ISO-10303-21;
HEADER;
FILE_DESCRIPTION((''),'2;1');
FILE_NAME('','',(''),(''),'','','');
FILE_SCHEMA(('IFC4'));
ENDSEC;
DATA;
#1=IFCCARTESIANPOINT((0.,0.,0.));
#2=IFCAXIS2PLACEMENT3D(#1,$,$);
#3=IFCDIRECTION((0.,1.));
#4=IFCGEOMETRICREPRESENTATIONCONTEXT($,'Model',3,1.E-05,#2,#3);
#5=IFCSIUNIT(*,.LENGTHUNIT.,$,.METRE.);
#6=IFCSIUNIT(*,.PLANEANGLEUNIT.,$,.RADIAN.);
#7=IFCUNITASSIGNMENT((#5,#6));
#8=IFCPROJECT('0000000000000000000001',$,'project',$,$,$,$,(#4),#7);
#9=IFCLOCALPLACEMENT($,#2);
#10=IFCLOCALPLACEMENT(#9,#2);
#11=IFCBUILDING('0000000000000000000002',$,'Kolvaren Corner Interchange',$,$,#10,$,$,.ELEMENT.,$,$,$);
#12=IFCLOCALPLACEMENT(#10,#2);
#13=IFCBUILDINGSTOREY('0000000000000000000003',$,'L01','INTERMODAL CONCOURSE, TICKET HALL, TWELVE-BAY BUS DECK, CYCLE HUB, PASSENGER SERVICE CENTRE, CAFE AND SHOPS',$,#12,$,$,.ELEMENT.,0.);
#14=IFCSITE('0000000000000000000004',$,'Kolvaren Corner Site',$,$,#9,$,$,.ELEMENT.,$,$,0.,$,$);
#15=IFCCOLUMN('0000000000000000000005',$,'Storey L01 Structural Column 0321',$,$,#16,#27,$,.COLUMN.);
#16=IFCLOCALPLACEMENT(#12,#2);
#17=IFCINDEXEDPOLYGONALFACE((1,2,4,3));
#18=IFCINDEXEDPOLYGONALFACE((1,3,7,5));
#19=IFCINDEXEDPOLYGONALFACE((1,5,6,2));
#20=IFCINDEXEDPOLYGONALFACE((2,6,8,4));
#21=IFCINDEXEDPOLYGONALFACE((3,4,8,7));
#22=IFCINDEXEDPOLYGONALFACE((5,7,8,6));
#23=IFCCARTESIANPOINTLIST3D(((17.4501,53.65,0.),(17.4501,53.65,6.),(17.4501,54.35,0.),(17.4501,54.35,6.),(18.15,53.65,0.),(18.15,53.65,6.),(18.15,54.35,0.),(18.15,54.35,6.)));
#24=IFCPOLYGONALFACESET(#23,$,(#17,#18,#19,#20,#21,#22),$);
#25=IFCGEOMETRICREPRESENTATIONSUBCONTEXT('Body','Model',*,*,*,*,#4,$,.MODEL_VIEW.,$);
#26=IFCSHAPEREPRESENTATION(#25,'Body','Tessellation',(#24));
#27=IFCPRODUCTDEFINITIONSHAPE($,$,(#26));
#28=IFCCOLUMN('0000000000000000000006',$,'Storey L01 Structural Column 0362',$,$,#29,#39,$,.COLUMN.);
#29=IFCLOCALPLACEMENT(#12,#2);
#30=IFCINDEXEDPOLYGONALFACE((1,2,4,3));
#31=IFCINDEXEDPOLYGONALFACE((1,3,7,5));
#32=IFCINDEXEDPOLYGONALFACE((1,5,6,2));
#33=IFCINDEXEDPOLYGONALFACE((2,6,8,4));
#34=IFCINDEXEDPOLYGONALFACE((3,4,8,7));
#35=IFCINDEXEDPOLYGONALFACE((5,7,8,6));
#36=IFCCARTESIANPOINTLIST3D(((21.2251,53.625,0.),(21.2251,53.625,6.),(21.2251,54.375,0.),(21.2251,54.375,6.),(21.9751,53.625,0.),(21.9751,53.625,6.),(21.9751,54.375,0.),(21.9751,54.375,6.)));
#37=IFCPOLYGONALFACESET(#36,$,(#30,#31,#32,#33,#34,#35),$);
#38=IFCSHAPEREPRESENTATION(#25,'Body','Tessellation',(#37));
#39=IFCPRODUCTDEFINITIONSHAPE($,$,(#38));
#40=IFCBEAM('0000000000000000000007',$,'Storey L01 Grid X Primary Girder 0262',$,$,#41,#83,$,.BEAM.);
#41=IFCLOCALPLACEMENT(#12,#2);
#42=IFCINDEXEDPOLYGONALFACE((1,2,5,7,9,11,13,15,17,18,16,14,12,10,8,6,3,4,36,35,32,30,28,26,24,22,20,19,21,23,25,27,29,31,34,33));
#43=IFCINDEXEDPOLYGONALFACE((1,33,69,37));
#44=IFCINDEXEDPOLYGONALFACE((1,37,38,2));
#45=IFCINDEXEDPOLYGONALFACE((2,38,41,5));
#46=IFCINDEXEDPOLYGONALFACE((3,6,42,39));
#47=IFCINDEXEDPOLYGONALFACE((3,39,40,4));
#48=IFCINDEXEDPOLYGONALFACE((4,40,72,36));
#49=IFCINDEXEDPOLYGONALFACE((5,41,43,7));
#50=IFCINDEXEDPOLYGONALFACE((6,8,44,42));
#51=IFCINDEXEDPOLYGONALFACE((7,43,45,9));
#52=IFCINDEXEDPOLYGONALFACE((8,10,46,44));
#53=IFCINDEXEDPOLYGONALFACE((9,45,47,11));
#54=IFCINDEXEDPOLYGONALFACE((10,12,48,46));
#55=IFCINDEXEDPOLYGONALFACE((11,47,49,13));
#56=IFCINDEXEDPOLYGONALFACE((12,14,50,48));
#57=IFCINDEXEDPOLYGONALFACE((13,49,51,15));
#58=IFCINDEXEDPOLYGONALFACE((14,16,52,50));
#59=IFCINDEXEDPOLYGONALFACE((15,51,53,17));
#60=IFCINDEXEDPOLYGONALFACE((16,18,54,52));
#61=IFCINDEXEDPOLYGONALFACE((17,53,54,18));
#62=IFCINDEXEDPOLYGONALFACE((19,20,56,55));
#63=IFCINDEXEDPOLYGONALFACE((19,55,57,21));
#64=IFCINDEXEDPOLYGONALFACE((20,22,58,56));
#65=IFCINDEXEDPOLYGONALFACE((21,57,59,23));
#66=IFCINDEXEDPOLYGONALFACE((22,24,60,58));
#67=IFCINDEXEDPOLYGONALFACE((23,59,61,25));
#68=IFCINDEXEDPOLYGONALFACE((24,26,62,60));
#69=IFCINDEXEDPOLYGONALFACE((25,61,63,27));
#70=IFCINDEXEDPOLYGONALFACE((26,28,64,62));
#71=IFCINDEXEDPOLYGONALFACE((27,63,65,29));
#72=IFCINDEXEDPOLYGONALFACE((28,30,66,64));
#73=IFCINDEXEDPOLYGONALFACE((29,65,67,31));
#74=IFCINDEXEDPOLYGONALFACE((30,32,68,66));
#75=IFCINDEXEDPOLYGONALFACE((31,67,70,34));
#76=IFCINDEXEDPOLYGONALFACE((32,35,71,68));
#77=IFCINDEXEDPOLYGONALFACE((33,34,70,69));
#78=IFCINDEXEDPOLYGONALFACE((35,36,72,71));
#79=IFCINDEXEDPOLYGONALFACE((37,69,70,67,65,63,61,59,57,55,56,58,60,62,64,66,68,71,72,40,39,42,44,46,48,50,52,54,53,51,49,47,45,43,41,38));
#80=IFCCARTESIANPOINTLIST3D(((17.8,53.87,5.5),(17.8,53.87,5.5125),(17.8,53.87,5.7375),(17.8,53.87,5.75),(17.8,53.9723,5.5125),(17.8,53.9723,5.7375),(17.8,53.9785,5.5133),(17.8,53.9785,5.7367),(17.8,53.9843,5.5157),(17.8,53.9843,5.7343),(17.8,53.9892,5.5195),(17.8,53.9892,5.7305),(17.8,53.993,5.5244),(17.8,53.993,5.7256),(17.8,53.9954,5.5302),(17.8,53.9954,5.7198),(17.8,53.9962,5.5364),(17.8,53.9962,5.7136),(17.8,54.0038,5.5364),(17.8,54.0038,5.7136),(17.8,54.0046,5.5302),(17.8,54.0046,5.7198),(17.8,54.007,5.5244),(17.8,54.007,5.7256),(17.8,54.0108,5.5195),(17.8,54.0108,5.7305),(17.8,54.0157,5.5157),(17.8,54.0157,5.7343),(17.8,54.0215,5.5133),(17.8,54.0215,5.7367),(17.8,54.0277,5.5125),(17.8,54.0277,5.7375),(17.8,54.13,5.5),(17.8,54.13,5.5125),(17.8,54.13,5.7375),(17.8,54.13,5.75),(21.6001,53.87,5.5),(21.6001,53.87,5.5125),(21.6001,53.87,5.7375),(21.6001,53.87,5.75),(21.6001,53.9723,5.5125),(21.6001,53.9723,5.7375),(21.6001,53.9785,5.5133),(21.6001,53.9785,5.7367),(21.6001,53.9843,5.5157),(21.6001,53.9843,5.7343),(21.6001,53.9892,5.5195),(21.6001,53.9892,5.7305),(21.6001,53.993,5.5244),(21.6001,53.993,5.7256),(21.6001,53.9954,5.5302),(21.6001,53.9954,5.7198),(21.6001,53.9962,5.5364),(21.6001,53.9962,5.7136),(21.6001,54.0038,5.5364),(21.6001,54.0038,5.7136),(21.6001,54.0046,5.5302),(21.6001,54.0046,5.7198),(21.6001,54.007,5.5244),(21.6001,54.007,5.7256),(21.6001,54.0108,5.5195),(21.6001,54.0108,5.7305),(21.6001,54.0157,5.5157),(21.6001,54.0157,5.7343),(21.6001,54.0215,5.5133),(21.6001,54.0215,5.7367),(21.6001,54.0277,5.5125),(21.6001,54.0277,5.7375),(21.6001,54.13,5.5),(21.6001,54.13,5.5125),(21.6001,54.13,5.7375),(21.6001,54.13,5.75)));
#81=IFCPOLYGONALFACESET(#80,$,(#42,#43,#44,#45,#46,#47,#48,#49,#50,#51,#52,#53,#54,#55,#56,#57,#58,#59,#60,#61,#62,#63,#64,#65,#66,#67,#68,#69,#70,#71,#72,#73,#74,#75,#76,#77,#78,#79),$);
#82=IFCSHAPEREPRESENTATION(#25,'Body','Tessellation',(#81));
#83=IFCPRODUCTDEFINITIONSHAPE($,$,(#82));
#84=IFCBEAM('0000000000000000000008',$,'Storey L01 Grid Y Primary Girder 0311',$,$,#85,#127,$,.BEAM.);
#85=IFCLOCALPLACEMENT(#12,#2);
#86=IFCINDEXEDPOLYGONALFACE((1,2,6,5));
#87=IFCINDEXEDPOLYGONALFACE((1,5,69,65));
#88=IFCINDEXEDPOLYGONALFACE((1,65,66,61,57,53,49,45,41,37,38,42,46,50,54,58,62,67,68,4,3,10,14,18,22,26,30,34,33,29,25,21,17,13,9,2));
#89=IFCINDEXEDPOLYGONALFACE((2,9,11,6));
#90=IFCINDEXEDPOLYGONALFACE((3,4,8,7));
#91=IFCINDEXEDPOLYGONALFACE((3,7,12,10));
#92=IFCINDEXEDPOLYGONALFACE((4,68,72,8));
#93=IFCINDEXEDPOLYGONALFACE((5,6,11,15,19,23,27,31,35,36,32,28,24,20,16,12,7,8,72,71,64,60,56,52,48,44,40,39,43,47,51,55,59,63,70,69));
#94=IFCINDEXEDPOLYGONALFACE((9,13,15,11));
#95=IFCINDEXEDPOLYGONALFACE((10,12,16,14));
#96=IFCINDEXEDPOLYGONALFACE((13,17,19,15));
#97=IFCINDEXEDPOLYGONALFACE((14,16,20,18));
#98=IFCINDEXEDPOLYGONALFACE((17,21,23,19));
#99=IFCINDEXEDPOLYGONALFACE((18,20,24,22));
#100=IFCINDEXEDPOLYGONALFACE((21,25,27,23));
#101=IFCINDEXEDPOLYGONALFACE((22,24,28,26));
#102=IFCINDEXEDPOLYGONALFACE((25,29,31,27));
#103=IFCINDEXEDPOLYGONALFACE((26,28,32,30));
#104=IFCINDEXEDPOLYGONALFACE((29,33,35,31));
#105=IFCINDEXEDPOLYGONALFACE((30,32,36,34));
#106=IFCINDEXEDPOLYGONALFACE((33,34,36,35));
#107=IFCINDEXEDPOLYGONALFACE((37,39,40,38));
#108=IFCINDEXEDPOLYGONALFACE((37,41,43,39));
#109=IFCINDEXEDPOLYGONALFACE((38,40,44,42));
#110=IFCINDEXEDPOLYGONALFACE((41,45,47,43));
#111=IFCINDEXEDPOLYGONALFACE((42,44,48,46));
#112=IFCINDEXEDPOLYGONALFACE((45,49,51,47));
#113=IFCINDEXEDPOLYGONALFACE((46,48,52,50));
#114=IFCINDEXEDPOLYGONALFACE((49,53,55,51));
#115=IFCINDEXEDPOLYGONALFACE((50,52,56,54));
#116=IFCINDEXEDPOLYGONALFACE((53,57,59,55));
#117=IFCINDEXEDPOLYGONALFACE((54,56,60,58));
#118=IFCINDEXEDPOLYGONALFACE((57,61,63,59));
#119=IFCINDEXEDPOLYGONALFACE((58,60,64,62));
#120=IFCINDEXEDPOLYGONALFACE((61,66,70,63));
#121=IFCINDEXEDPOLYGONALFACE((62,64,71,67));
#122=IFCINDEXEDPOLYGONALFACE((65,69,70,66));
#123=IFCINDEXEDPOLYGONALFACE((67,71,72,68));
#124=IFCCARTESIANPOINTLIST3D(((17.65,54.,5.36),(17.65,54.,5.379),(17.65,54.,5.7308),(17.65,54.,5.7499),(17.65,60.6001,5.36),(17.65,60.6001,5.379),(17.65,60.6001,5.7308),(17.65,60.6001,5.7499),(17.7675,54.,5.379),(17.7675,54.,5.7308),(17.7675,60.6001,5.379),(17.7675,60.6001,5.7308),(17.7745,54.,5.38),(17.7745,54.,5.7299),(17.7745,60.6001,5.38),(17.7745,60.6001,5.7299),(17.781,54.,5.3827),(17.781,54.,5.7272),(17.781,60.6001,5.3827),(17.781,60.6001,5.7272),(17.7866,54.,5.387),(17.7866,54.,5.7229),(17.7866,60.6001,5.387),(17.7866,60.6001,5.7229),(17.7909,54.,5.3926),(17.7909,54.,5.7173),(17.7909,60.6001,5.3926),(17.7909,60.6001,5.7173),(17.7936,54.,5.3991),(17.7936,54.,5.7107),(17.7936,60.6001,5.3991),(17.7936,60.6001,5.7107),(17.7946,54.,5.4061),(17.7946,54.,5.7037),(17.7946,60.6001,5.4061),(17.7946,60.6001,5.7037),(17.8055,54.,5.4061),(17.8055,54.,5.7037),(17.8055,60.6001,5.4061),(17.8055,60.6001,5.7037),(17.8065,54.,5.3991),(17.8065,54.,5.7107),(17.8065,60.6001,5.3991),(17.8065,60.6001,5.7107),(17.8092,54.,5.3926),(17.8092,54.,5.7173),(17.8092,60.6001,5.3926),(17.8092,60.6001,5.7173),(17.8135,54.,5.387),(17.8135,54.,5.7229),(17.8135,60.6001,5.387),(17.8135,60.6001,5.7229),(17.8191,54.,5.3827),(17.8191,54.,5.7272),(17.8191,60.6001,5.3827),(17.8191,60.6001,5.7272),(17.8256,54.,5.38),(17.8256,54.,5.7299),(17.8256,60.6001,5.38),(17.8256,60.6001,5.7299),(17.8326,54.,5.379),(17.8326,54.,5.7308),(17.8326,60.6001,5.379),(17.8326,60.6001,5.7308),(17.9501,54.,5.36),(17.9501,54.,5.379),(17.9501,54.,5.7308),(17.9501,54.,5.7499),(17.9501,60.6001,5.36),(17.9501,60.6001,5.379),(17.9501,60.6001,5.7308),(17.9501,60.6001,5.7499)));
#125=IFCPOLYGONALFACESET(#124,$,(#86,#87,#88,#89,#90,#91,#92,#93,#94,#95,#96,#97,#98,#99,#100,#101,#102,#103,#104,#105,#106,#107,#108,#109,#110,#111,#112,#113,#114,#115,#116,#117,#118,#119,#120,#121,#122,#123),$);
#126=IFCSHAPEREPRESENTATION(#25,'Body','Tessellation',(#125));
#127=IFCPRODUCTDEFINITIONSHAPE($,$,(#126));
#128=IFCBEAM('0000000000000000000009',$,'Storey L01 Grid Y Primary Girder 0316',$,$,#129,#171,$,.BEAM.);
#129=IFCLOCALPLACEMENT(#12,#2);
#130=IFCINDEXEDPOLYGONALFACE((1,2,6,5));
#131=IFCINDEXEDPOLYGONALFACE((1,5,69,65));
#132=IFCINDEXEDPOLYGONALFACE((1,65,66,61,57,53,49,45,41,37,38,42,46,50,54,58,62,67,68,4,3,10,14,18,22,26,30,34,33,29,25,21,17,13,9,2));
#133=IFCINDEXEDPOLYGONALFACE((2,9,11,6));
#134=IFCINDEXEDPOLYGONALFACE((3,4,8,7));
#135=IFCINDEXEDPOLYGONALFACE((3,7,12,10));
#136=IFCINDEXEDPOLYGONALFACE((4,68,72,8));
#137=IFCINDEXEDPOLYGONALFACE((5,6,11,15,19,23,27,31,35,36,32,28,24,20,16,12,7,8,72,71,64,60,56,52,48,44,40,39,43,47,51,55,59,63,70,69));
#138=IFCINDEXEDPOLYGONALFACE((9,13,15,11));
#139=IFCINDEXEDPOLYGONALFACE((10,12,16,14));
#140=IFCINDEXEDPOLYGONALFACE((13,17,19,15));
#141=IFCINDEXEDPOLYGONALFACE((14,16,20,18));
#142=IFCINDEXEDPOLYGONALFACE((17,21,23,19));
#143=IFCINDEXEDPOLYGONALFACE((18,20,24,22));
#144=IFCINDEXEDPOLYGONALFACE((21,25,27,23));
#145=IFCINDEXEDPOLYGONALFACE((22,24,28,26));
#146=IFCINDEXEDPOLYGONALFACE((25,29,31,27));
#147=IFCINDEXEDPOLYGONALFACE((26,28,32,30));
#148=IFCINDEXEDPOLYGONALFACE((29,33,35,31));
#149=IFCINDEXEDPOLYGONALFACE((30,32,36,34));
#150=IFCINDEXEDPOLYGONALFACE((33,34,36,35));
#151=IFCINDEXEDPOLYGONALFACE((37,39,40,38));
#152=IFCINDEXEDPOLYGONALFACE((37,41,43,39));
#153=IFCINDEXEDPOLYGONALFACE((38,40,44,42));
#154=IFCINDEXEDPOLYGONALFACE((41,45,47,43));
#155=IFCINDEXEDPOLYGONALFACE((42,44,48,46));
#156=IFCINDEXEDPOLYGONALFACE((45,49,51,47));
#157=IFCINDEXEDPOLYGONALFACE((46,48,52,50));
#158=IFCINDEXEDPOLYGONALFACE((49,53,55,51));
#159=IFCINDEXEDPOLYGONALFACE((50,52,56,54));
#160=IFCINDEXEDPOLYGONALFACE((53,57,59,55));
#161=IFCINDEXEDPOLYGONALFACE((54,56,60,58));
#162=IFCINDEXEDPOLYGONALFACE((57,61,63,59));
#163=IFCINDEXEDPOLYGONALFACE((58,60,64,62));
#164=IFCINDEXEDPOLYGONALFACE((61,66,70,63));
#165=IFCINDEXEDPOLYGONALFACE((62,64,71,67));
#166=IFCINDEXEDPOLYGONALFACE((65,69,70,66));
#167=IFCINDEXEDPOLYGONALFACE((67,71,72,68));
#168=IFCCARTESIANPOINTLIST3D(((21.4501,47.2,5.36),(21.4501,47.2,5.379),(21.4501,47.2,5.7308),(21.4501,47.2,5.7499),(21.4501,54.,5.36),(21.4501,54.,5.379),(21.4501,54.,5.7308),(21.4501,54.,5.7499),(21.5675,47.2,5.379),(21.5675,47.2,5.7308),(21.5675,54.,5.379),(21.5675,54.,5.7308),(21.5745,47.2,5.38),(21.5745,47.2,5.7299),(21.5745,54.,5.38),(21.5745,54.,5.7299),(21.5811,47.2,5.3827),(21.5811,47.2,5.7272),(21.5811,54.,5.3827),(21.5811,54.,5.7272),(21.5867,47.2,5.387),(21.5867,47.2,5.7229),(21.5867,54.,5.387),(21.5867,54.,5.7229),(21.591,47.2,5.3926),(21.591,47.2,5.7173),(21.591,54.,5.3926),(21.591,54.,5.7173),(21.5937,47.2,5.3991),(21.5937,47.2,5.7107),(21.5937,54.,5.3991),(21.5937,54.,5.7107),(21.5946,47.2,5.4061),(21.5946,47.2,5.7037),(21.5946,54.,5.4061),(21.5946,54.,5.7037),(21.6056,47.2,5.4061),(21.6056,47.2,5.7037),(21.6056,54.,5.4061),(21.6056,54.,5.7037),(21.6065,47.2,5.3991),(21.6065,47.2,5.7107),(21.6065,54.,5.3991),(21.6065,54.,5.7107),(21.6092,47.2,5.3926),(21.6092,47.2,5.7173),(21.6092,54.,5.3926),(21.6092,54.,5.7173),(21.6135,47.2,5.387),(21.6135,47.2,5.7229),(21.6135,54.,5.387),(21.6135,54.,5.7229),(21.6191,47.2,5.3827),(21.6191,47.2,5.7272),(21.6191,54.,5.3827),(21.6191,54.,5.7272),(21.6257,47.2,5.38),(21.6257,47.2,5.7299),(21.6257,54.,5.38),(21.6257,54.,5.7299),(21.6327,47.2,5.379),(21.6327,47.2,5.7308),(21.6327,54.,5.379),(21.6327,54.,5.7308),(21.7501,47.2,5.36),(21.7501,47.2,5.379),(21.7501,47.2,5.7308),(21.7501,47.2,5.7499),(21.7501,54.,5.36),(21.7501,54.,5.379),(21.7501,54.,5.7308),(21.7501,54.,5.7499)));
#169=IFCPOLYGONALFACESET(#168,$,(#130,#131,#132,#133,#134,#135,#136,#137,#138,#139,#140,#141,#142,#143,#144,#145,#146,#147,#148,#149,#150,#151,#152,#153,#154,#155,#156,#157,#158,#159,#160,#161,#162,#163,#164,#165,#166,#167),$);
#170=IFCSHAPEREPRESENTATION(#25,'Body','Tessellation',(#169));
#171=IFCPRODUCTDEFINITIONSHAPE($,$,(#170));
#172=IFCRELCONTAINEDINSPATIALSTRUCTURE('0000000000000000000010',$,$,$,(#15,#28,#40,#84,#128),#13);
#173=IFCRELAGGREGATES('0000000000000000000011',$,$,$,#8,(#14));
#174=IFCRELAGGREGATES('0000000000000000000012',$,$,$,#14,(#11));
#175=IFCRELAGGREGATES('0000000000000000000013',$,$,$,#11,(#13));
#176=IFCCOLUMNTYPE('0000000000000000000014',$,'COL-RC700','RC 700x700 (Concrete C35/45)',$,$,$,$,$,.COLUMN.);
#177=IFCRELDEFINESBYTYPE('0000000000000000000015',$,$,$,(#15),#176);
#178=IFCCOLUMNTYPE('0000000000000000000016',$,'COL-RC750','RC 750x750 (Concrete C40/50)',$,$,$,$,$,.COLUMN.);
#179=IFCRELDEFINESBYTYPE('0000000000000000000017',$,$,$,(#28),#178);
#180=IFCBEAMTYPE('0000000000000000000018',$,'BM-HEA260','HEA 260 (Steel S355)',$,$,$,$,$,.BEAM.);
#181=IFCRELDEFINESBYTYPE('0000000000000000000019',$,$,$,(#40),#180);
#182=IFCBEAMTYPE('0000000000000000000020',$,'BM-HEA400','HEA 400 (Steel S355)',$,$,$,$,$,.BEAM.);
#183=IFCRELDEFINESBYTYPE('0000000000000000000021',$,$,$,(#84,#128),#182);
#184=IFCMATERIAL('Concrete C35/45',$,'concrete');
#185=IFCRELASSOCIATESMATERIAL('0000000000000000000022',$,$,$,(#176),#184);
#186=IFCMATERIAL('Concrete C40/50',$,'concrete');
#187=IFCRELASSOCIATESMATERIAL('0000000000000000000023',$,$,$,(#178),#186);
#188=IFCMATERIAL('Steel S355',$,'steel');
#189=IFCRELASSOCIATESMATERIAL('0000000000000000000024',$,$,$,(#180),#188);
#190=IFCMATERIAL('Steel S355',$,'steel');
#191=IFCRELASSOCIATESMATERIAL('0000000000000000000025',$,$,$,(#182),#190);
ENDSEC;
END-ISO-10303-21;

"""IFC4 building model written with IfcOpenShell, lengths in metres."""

from ifc_helpers import new_model, si_unit, direction, frame, origin, origin_2d, place, context, subcontext, project, spatial, rectangle, i_section, extrude, material, material_profile, profile_set, type_object, element, save


model = new_model("IFC4")

# Units and contexts
model_context = context("Model", 3, precision=1e-05, world=origin(), true_north=direction((0.0, 1.0)))
body_context = subcontext(model_context, "Body", "Model", "MODEL_VIEW")
ifc_project = project(units=[si_unit("LENGTHUNIT", "METRE"), si_unit("PLANEANGLEUNIT", "RADIAN")], contexts=[model_context])

# Site, building, storey
site_placement = place(None, origin())
site = spatial("IfcSite", under=ifc_project, at=site_placement, Name="Kolvaren Corner Site", CompositionType="ELEMENT", RefElevation=0.0)
building_placement = place(site_placement, origin())
building = spatial("IfcBuilding", under=site, at=building_placement, Name="Kolvaren Corner Interchange", CompositionType="ELEMENT")
storey_placement = place(building_placement, origin())
storey = spatial("IfcBuildingStorey", under=building, at=storey_placement, Name="L01", Description="INTERMODAL CONCOURSE, TICKET HALL, TWELVE-BAY BUS DECK, CYCLE HUB, PASSENGER SERVICE CENTRE, CAFE AND SHOPS", CompositionType="ELEMENT", Elevation=0.0)

# Columns
ifc_material_1 = material(Name="Concrete C35/45", Category="concrete")
ifc_material_profile_1 = material_profile(ifc_material_1, rectangle(XDim=0.7, YDim=0.7, at=origin_2d()), Name="RC 700x700")
ifc_profile_set_1 = profile_set([ifc_material_profile_1], Name="Concrete C35/45")
column_type_1 = type_object("IfcColumnType", Name="COL-RC700", Description="RC 700x700 (Concrete C35/45)", PredefinedType="COLUMN", material=ifc_profile_set_1)
column_1_placement = place(storey_placement, frame((17.8, 54.0, 0.0), z_axis=(0.0, 0.0, 1.0), x_axis=(1.0, 0.0, 0.0)))
element("IfcColumn", 1, at=column_1_placement, inside=storey, type_object=column_type_1, Name="Storey L01 Structural Column 0321", PredefinedType="COLUMN", context=body_context, shape_type="SweptSolid", body=[
    extrude(rectangle(XDim=0.7, YDim=0.7, at=origin_2d()), origin(), (0.0, 0.0, 1.0), 6.0),
])
ifc_material_2 = material(Name="Concrete C40/50", Category="concrete")
ifc_material_profile_2 = material_profile(ifc_material_2, rectangle(XDim=0.75, YDim=0.75, at=origin_2d()), Name="RC 750x750")
ifc_profile_set_2 = profile_set([ifc_material_profile_2], Name="Concrete C40/50")
column_type_2 = type_object("IfcColumnType", Name="COL-RC750", Description="RC 750x750 (Concrete C40/50)", PredefinedType="COLUMN", material=ifc_profile_set_2)
column_2_placement = place(storey_placement, frame((21.6001, 54.0, 0.0), z_axis=(0.0, 0.0, 1.0), x_axis=(1.0, 0.0, 0.0)))
element("IfcColumn", 2, at=column_2_placement, inside=storey, type_object=column_type_2, Name="Storey L01 Structural Column 0362", PredefinedType="COLUMN", context=body_context, shape_type="SweptSolid", body=[
    extrude(rectangle(XDim=0.75, YDim=0.75, at=origin_2d()), origin(), (0.0, 0.0, 1.0), 6.0),
])

# Beams
ifc_material_3 = material(Name="Steel S355", Category="steel")
ifc_material_profile_3 = material_profile(ifc_material_3, i_section(OverallWidth=0.26, OverallDepth=0.25, WebThickness=0.0076, FlangeThickness=0.0125, FilletRadius=0.0239, at=origin_2d()), Name="HEA 260")
ifc_profile_set_3 = profile_set([ifc_material_profile_3], Name="Steel S355")
beam_type_1 = type_object("IfcBeamType", Name="BM-HEA260", Description="HEA 260 (Steel S355)", PredefinedType="BEAM", material=ifc_profile_set_3)
beam_1_placement = place(storey_placement, frame((17.8, 54.0, 5.625), z_axis=(1.0, 0.0, 0.0), x_axis=(0.0, 1.0, 0.0)))
element("IfcBeam", 3, at=beam_1_placement, inside=storey, type_object=beam_type_1, Name="Storey L01 Grid X Primary Girder 0262", PredefinedType="BEAM", context=body_context, shape_type="SweptSolid", body=[
    extrude(i_section(OverallWidth=0.26, OverallDepth=0.25, WebThickness=0.0076, FlangeThickness=0.0125, FilletRadius=0.0239, at=origin_2d()), origin(), (0.0, 0.0, 1.0), 3.8),
])
ifc_material_4 = material(Name="Steel S355", Category="steel")
ifc_material_profile_4 = material_profile(ifc_material_4, i_section(OverallWidth=0.3, OverallDepth=0.3899, WebThickness=0.011, FlangeThickness=0.019, FilletRadius=0.0271, at=origin_2d()), Name="HEA 400")
ifc_profile_set_4 = profile_set([ifc_material_profile_4], Name="Steel S355")
beam_type_2 = type_object("IfcBeamType", Name="BM-HEA400", Description="HEA 400 (Steel S355)", PredefinedType="BEAM", material=ifc_profile_set_4)
beam_2_placement = place(storey_placement, frame((17.8, 54.0, 5.5549), z_axis=(0.0, 1.0, 0.0), x_axis=(-1.0, 0.0, 0.0)))
element("IfcBeam", 4, at=beam_2_placement, inside=storey, type_object=beam_type_2, Name="Storey L01 Grid Y Primary Girder 0311", PredefinedType="BEAM", context=body_context, shape_type="SweptSolid", body=[
    extrude(i_section(OverallWidth=0.3, OverallDepth=0.3899, WebThickness=0.011, FlangeThickness=0.019, FilletRadius=0.0271, at=origin_2d()), origin(), (0.0, 0.0, 1.0), 6.6001),
])
beam_3_placement = place(storey_placement, frame((21.6001, 47.2, 5.5549), z_axis=(0.0, 1.0, 0.0), x_axis=(-1.0, 0.0, 0.0)))
element("IfcBeam", 5, at=beam_3_placement, inside=storey, type_object=beam_type_2, Name="Storey L01 Grid Y Primary Girder 0316", PredefinedType="BEAM", context=body_context, shape_type="SweptSolid", body=[
    extrude(i_section(OverallWidth=0.3, OverallDepth=0.3899, WebThickness=0.011, FlangeThickness=0.019, FilletRadius=0.0271, at=origin_2d()), origin(), (0.0, 0.0, 1.0), 6.8),
])

save(model, "model.ifc")
